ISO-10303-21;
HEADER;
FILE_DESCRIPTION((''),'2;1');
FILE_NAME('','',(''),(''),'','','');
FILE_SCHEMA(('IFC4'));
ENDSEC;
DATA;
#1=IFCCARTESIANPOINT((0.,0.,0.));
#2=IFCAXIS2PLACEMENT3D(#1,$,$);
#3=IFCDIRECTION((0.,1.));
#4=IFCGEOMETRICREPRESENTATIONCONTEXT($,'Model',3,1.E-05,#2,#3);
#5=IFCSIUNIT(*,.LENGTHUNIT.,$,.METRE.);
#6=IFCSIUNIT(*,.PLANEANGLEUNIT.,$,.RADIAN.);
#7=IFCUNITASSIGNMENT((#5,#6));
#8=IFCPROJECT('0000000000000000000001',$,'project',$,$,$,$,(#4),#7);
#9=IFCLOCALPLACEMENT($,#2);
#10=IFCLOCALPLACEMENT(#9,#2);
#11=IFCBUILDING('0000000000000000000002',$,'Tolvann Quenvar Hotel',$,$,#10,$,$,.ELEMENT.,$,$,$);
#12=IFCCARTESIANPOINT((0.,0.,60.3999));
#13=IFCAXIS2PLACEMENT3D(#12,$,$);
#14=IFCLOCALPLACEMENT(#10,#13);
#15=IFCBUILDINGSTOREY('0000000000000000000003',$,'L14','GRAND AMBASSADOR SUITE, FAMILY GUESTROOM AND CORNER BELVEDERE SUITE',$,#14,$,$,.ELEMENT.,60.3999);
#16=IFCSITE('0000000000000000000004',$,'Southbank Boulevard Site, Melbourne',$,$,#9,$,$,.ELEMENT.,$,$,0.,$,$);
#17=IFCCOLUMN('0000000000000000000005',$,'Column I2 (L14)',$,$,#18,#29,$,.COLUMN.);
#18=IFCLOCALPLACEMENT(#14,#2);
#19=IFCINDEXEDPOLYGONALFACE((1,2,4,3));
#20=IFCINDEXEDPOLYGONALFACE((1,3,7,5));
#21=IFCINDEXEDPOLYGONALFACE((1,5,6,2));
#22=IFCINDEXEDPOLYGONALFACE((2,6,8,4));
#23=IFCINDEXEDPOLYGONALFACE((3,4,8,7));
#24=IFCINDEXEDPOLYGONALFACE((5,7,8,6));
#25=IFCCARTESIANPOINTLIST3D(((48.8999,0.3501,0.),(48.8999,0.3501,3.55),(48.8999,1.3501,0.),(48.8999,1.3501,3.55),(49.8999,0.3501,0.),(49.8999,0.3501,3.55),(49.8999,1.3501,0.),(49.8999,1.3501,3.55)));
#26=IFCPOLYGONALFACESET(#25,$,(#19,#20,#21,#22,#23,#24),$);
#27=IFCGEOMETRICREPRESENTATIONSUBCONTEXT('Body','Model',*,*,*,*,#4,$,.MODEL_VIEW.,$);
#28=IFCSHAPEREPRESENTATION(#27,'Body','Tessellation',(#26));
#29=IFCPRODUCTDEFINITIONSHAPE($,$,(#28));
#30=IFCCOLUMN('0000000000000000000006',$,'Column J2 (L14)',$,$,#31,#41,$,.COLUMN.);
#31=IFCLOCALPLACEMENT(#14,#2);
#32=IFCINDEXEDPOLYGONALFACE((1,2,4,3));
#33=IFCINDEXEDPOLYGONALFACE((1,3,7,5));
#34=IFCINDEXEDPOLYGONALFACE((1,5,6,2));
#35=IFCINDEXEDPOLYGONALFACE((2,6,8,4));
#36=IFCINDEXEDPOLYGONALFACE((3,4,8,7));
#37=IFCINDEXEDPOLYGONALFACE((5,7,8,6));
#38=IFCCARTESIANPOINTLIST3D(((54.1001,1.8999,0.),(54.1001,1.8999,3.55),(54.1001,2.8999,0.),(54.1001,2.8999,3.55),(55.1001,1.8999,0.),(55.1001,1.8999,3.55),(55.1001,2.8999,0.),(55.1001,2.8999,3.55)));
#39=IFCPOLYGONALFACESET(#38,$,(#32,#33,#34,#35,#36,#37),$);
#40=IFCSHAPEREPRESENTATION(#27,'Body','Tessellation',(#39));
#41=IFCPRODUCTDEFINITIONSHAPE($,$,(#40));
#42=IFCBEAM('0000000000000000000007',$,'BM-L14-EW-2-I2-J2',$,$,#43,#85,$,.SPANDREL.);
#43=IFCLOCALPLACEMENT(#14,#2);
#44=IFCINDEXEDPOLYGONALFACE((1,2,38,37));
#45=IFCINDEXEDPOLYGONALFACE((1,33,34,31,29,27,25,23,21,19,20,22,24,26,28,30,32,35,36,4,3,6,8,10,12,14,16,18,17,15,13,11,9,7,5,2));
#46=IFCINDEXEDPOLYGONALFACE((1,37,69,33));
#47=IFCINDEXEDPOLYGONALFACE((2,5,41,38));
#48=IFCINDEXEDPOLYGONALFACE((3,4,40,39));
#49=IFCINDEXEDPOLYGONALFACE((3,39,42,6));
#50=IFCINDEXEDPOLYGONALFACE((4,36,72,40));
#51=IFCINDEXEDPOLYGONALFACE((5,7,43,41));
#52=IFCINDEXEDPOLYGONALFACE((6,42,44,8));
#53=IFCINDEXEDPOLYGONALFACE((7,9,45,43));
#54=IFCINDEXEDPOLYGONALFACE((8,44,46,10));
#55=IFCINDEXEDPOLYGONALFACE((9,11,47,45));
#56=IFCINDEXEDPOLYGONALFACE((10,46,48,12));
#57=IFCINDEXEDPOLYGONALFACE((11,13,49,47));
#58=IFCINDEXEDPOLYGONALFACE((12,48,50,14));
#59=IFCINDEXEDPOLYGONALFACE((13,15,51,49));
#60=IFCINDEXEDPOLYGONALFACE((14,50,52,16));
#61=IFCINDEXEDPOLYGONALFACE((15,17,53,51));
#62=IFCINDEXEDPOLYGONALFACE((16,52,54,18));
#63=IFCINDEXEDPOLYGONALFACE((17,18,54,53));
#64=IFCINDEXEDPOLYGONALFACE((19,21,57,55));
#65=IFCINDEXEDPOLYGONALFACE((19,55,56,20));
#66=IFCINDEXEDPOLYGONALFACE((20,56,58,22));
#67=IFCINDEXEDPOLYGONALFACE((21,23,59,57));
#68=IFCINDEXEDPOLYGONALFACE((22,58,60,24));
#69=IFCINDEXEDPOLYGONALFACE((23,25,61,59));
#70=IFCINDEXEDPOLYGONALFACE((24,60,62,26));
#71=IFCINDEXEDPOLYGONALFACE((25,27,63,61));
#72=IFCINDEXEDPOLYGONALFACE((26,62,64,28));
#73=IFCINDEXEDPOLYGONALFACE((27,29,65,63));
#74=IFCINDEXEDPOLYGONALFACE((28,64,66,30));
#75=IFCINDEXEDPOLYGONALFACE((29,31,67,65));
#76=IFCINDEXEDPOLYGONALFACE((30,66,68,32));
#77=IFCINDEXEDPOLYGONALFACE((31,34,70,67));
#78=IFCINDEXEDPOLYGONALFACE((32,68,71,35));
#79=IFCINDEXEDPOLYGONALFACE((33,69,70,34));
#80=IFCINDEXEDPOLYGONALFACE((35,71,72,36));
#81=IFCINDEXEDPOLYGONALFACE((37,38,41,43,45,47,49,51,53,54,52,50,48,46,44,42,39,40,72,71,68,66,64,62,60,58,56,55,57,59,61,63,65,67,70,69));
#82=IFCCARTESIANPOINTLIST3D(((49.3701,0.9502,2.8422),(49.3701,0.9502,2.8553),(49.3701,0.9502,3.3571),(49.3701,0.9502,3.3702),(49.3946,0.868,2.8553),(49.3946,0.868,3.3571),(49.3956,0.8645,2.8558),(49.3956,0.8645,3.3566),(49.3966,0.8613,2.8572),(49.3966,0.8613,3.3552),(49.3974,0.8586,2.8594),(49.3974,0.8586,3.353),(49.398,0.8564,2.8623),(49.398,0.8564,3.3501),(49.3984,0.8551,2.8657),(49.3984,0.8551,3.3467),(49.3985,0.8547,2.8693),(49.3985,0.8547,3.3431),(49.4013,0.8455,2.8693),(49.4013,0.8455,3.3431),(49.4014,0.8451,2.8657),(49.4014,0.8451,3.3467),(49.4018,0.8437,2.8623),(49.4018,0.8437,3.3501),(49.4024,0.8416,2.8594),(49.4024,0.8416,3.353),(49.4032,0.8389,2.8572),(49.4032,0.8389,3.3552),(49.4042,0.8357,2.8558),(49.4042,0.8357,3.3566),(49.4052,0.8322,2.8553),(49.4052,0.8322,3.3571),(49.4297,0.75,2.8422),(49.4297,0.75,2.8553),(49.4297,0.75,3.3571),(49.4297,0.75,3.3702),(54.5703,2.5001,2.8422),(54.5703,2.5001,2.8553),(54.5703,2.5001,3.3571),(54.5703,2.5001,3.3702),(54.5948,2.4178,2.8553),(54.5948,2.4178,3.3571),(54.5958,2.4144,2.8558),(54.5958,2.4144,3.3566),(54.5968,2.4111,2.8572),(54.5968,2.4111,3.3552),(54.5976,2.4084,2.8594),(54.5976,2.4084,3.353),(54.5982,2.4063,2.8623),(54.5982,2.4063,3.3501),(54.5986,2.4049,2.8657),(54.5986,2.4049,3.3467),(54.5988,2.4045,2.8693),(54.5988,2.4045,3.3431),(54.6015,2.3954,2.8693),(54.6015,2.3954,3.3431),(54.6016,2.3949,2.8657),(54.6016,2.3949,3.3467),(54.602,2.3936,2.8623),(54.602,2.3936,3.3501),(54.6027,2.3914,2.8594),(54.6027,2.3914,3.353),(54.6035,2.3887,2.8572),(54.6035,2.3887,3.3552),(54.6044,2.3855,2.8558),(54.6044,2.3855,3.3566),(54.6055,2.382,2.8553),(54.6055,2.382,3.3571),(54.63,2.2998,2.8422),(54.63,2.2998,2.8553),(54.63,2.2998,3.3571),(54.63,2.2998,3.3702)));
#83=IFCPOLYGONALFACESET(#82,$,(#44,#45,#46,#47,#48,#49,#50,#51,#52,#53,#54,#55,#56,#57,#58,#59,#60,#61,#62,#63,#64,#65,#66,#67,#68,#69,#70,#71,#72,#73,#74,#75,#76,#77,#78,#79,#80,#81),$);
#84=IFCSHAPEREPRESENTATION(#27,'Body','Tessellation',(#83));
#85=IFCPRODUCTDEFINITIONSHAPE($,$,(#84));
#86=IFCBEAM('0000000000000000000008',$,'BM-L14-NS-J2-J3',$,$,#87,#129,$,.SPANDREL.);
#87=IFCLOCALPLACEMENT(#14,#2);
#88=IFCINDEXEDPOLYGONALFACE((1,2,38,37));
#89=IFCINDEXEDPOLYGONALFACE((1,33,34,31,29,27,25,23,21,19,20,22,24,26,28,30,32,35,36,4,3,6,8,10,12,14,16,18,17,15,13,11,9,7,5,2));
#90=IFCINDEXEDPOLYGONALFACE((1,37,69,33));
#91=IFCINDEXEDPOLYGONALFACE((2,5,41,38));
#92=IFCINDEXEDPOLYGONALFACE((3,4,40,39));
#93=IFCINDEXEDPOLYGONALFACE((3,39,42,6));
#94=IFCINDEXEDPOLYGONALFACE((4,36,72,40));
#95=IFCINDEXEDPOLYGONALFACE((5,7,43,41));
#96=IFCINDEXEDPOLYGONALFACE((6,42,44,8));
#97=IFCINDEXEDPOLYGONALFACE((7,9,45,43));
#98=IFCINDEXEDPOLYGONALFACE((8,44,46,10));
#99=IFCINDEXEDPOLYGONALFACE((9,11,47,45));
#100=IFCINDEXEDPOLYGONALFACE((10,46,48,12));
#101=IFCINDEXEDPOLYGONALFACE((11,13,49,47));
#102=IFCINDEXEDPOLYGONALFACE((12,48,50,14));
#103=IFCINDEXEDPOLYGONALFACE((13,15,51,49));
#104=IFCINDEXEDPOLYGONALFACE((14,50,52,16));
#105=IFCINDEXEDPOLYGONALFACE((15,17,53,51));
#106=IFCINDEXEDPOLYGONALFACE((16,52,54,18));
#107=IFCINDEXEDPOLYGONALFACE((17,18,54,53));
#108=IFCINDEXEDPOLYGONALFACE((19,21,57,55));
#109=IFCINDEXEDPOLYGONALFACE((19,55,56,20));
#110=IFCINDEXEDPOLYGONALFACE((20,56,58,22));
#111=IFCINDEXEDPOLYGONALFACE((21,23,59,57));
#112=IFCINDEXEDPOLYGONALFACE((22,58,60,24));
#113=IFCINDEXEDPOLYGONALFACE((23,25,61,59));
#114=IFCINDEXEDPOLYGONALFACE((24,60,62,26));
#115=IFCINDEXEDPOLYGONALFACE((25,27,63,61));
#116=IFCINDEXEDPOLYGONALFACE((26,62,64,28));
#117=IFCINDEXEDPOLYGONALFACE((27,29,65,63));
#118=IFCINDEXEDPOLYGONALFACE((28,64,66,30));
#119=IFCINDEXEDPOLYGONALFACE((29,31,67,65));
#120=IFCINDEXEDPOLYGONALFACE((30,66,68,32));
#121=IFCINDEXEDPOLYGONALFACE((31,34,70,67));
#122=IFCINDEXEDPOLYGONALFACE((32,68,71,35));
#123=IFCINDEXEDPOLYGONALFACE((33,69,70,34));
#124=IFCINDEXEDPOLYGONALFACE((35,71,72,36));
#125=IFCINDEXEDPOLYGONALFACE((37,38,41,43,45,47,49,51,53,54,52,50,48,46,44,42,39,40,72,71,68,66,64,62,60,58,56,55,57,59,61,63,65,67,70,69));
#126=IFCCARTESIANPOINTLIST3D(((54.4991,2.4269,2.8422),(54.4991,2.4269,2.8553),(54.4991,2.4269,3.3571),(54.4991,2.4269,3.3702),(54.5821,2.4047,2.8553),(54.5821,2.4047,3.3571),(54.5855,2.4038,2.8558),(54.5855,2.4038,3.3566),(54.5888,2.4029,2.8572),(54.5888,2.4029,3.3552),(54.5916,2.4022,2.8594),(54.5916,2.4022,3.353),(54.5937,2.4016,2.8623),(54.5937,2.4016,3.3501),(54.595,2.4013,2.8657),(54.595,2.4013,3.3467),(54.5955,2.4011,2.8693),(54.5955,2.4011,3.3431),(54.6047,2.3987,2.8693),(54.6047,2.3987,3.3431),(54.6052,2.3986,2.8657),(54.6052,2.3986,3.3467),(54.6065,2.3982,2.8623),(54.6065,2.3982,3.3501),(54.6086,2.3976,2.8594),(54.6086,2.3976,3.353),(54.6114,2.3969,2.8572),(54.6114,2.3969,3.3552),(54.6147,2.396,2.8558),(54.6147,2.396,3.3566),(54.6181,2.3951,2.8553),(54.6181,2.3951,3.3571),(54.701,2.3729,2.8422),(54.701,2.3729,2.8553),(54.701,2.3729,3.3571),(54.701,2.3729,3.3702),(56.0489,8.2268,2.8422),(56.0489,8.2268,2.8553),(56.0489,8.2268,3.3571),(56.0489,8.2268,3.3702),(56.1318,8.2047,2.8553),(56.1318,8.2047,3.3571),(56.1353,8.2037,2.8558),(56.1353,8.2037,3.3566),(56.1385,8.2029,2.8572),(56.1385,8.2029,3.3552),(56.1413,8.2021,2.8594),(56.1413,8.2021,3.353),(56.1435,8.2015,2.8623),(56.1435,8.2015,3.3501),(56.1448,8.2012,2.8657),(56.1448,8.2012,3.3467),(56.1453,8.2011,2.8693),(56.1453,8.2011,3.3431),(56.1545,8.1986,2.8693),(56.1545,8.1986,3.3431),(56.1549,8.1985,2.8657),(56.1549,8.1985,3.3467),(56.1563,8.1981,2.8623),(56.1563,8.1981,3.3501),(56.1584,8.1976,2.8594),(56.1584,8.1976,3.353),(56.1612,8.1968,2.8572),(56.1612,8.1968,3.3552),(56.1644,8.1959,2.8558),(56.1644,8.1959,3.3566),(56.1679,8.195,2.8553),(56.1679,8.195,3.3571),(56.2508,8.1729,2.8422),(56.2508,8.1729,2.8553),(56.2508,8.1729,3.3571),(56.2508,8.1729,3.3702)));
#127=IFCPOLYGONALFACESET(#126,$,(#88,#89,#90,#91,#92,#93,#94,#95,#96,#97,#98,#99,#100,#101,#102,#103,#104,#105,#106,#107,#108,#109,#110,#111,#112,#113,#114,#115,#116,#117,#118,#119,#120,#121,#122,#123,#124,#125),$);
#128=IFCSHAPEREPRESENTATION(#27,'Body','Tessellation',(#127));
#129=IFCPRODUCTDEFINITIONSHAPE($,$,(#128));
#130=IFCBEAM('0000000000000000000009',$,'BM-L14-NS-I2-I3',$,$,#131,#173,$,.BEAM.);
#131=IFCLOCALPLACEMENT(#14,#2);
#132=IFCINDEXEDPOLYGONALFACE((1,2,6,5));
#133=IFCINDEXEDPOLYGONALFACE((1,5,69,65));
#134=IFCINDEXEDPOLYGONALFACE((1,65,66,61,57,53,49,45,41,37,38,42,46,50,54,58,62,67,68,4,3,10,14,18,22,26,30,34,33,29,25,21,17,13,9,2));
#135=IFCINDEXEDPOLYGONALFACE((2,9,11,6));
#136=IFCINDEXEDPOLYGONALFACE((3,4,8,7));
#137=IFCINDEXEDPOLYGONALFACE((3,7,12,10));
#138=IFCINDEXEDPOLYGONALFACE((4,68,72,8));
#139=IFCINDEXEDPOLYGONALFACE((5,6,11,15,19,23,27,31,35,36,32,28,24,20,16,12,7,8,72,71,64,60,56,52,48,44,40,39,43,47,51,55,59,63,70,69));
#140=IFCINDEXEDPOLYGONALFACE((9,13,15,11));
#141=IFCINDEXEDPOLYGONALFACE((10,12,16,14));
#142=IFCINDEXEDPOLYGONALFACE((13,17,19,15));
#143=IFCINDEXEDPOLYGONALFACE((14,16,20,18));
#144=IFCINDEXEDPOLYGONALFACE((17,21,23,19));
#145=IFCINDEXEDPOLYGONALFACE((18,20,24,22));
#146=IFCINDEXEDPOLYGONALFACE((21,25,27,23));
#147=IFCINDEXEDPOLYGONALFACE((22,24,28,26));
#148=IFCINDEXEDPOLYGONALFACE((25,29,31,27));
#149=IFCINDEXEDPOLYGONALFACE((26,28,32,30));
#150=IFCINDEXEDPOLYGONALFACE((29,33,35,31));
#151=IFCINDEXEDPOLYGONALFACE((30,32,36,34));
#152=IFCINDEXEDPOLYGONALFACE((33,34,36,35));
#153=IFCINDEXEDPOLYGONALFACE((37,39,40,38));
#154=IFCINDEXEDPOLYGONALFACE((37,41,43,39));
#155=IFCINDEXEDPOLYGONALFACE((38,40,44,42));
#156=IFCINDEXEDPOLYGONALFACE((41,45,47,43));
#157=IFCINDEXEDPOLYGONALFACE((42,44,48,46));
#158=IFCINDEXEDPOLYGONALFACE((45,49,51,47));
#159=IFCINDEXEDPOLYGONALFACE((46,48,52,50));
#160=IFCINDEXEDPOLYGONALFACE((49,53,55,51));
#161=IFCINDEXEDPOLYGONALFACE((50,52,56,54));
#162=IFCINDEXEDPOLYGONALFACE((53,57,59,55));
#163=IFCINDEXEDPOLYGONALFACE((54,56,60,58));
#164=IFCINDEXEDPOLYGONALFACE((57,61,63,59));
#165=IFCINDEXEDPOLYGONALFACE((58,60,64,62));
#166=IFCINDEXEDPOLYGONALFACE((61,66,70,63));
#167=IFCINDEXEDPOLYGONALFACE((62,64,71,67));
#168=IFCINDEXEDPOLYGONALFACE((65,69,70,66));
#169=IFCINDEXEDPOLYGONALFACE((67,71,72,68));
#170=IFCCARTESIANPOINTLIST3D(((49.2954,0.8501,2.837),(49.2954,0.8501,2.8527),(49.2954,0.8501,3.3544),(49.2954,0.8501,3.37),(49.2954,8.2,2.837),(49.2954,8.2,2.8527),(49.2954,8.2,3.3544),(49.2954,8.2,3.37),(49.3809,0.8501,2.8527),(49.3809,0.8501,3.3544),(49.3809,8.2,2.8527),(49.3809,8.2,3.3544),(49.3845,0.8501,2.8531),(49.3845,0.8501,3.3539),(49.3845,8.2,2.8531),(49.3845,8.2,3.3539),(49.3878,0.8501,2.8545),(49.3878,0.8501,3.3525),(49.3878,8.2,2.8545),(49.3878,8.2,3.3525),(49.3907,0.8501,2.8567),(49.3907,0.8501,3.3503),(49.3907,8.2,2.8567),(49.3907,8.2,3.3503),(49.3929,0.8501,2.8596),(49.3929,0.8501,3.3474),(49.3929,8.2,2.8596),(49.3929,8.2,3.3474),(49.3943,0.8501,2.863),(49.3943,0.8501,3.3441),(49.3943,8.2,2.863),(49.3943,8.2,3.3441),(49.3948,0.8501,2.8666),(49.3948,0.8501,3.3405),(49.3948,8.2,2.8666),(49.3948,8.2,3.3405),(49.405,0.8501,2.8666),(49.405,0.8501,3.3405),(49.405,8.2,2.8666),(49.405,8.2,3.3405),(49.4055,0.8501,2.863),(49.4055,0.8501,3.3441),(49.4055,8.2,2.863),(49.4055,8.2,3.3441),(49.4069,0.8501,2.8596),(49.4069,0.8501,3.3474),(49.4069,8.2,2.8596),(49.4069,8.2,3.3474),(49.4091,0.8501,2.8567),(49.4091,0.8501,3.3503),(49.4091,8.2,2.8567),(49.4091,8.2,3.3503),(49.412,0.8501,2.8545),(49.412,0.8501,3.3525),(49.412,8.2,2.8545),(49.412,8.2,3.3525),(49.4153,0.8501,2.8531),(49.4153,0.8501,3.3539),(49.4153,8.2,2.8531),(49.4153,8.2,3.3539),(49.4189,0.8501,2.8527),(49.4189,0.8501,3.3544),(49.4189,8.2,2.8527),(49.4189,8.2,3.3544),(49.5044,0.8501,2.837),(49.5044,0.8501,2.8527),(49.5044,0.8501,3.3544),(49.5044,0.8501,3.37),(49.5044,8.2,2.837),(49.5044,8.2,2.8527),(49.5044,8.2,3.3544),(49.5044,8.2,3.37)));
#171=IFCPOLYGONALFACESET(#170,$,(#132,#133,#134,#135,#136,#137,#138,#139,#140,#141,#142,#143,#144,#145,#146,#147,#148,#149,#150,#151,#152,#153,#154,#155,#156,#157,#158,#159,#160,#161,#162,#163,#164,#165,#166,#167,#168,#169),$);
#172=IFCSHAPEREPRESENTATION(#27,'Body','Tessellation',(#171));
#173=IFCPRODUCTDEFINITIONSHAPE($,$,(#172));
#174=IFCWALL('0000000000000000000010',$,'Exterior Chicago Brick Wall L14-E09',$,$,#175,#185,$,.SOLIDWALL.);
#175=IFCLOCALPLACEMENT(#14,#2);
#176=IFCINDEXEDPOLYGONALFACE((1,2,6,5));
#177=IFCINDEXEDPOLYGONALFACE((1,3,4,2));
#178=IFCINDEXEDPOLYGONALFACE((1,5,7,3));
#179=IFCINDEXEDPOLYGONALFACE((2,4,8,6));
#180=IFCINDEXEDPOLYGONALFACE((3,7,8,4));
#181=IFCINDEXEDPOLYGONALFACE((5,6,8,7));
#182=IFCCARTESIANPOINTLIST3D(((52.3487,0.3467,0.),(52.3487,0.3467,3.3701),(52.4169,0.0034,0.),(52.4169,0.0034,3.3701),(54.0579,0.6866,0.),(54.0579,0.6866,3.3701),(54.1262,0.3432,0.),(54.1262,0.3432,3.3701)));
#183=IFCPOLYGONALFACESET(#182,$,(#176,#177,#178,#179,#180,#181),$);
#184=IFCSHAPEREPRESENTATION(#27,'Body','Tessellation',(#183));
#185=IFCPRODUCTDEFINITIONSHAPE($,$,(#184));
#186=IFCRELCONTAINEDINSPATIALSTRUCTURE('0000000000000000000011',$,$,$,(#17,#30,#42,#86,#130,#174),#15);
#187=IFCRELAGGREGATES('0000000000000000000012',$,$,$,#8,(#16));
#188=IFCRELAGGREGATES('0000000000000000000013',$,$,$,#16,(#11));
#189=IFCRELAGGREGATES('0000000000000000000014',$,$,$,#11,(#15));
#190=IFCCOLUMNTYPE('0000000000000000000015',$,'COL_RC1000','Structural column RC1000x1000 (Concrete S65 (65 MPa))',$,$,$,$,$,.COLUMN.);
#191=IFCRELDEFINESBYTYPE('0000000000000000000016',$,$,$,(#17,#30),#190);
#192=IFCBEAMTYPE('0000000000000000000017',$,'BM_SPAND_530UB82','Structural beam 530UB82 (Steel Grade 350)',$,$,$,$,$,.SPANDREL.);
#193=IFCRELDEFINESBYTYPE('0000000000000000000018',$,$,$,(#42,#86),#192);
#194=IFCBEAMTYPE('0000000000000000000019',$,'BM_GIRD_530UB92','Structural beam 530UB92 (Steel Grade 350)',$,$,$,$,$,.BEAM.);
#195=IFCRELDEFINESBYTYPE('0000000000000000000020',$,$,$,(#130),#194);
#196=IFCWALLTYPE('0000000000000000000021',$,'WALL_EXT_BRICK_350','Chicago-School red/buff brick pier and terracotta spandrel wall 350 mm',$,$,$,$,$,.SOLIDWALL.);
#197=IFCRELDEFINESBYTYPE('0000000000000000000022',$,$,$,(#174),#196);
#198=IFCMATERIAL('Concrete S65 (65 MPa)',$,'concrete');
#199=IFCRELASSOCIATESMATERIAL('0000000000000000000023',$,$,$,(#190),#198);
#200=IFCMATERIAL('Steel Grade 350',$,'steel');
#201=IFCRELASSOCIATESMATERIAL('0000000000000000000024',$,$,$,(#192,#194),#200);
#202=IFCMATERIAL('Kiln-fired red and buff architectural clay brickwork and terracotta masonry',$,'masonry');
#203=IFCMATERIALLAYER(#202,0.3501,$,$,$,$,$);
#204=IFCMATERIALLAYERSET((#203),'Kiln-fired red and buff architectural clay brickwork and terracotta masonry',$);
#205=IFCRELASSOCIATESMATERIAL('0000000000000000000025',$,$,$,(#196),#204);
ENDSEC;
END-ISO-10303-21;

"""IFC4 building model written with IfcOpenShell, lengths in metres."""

from ifc_helpers import new_model, si_unit, direction, frame, frame_2d, origin, origin_2d, place, context, subcontext, project, spatial, rectangle, i_section, extrude, source, transform, mapped, material, layer, layer_set, material_profile, profile_set, type_object, type_shapes, element, save


model = new_model("IFC4")

# Units and contexts
model_context = context("Model", 3, precision=1e-05, world=origin(), true_north=direction((0.0, 1.0)))
body_context = subcontext(model_context, "Body", "Model", "MODEL_VIEW")
ifc_project = project(units=[si_unit("LENGTHUNIT", "METRE"), si_unit("PLANEANGLEUNIT", "RADIAN")], contexts=[model_context])

# Site, building, storey
site_placement = place(None, origin())
site = spatial("IfcSite", under=ifc_project, at=site_placement, Name="Southbank Boulevard Site, Melbourne", CompositionType="ELEMENT", RefElevation=0.0)
building_placement = place(site_placement, origin())
building = spatial("IfcBuilding", under=site, at=building_placement, Name="Tolvann Quenvar Hotel", CompositionType="ELEMENT")
storey_placement = place(building_placement, frame((0.0, 0.0, 60.3999)))
storey = spatial("IfcBuildingStorey", under=building, at=storey_placement, Name="L14", Description="GRAND AMBASSADOR SUITE, FAMILY GUESTROOM AND CORNER BELVEDERE SUITE", CompositionType="ELEMENT", Elevation=60.3999)

# Columns
ifc_material_1 = material(Name="Concrete S65 (65 MPa)", Category="concrete")
ifc_material_profile_1 = material_profile(ifc_material_1, rectangle(XDim=1.0, YDim=1.0, at=origin_2d()), Name="RC1000x1000")
ifc_profile_set_1 = profile_set([ifc_material_profile_1], Name="Concrete S65 (65 MPa)")
column_type = type_object("IfcColumnType", Name="COL_RC1000", Description="Structural column RC1000x1000 (Concrete S65 (65 MPa))", PredefinedType="COLUMN", material=ifc_profile_set_1)
shared_shape_1 = source(origin(), body_context, "Body", "SweptSolid", [
    extrude(rectangle(XDim=1.0, YDim=1.0, at=origin_2d()), origin(), (0.0, 0.0, 1.0), 3.55),
])
type_shapes(column_type, [shared_shape_1])
for number, where, z_axis, x_axis, name in (
    (1, (49.3999, 0.8501, 0.0), (0.0, 0.0, 1.0), (1.0, 0.0, 0.0), "Column I2 (L14)"),
    (2, (54.6001, 2.3999, 0.0), (0.0, 0.0, 1.0), (1.0, 0.0, 0.0), "Column J2 (L14)"),
):
    element("IfcColumn", number, at=place(storey_placement, frame(where, z_axis=z_axis, x_axis=x_axis)), inside=storey, type_object=column_type, Name=name, PredefinedType="COLUMN", context=body_context, shape_type="MappedRepresentation", body=[
        mapped(shared_shape_1, transform((0.0, 0.0, 0.0), x_axis=(1.0, 0.0, 0.0), y_axis=(0.0, 1.0, 0.0), z_axis=(0.0, 0.0, 1.0), scale=1.0)),
    ])

# Beams
ifc_material_2 = material(Name="Steel Grade 350", Category="steel")
ifc_material_profile_2 = material_profile(ifc_material_2, i_section(OverallWidth=0.209, OverallDepth=0.5281, WebThickness=0.0095, FlangeThickness=0.0132, FilletRadius=0.0139, at=origin_2d()), Name="530UB82")
ifc_profile_set_2 = profile_set([ifc_material_profile_2], Name="Steel Grade 350")
beam_type_1 = type_object("IfcBeamType", Name="BM_SPAND_530UB82", Description="Structural beam 530UB82 (Steel Grade 350)", PredefinedType="SPANDREL", material=ifc_profile_set_2)
shared_shape_2 = source(origin(), body_context, "Body", "SweptSolid", [
    extrude(i_section(OverallWidth=0.209, OverallDepth=0.5281, WebThickness=0.0095, FlangeThickness=0.0132, FilletRadius=0.0139, at=origin_2d()), origin(), (0.0, 0.0, 1.0), 5.4263),
])
beam_1_placement = place(storey_placement, frame((49.3999, 0.8501, 3.1062), z_axis=(0.958345, 0.285614, 0.0), x_axis=(-0.285614, 0.958345, 0.0)))
element("IfcBeam", 3, at=beam_1_placement, inside=storey, type_object=beam_type_1, Name="BM-L14-EW-2-I2-J2", PredefinedType="SPANDREL", context=body_context, shape_type="MappedRepresentation", body=[
    mapped(shared_shape_2, transform((0.0, 0.0, 0.0), x_axis=(1.0, 0.0, 0.0), y_axis=(0.0, 1.0, 0.0), z_axis=(0.0, 0.0, 1.0), scale=1.0)),
])
shared_shape_3 = source(origin(), body_context, "Body", "SweptSolid", [
    extrude(i_section(OverallWidth=0.209, OverallDepth=0.5281, WebThickness=0.0095, FlangeThickness=0.0132, FilletRadius=0.0139, at=origin_2d()), origin(), (0.0, 0.0, 1.0), 6.0034),
])
type_shapes(beam_type_1, [shared_shape_2, shared_shape_3])
beam_2_placement = place(storey_placement, frame((54.6001, 2.3999, 3.1062), z_axis=(0.258149, 0.966105, 0.0), x_axis=(-0.966105, 0.258149, 0.0)))
element("IfcBeam", 4, at=beam_2_placement, inside=storey, type_object=beam_type_1, Name="BM-L14-NS-J2-J3", PredefinedType="SPANDREL", context=body_context, shape_type="MappedRepresentation", body=[
    mapped(shared_shape_3, transform((0.0, 0.0, 0.0), x_axis=(1.0, 0.0, 0.0), y_axis=(0.0, 1.0, 0.0), z_axis=(0.0, 0.0, 1.0), scale=1.0)),
])
ifc_material_profile_3 = material_profile(ifc_material_2, i_section(OverallWidth=0.209, OverallDepth=0.533, WebThickness=0.0103, FlangeThickness=0.0156, FilletRadius=0.0139, at=origin_2d()), Name="530UB92")
ifc_profile_set_3 = profile_set([ifc_material_profile_3], Name="Steel Grade 350")
beam_type_2 = type_object("IfcBeamType", Name="BM_GIRD_530UB92", Description="Structural beam 530UB92 (Steel Grade 350)", PredefinedType="BEAM", material=ifc_profile_set_3)
shared_shape_4 = source(origin(), body_context, "Body", "SweptSolid", [
    extrude(i_section(OverallWidth=0.209, OverallDepth=0.533, WebThickness=0.0103, FlangeThickness=0.0156, FilletRadius=0.0139, at=origin_2d()), origin(), (0.0, 0.0, 1.0), 7.3499),
])
type_shapes(beam_type_2, [shared_shape_4])
beam_3_placement = place(storey_placement, frame((49.3999, 0.8501, 3.1035), z_axis=(0.0, 1.0, 0.0), x_axis=(-1.0, 0.0, 0.0)))
element("IfcBeam", 5, at=beam_3_placement, inside=storey, type_object=beam_type_2, Name="BM-L14-NS-I2-I3", PredefinedType="BEAM", context=body_context, shape_type="MappedRepresentation", body=[
    mapped(shared_shape_4, transform((0.0, 0.0, 0.0), x_axis=(1.0, 0.0, 0.0), y_axis=(0.0, 1.0, 0.0), z_axis=(0.0, 0.0, 1.0), scale=1.0)),
])

# Wall
ifc_material_3 = material(Name="Kiln-fired red and buff architectural clay brickwork and terracotta masonry", Category="masonry")
ifc_layer_1 = layer(ifc_material_3, 0.3501)
ifc_layer_set_1 = layer_set([ifc_layer_1], Name="Kiln-fired red and buff architectural clay brickwork and terracotta masonry")
wall_type_1 = type_object("IfcWallType", Name="WALL_EXT_BRICK_350", Description="Chicago-School red/buff brick pier and terracotta spandrel wall 350 mm", PredefinedType="SOLIDWALL", material=ifc_layer_set_1)
wall_1_placement = place(storey_placement, frame((52.3828, 0.175, 0.0), z_axis=(0.0, 0.0, 1.0), x_axis=(0.980801, 0.195011, 0.0)))
element("IfcWall", 6, at=wall_1_placement, inside=storey, type_object=wall_type_1, Name="Exterior Chicago Brick Wall L14-E09", PredefinedType="SOLIDWALL", context=body_context, shape_type="SweptSolid", body=[
    extrude(rectangle(XDim=1.7427, YDim=0.3501, at=frame_2d((0.8713, 0.0))), origin(), (0.0, 0.0, 1.0), 3.3701),
])

save(model, "model.ifc")
